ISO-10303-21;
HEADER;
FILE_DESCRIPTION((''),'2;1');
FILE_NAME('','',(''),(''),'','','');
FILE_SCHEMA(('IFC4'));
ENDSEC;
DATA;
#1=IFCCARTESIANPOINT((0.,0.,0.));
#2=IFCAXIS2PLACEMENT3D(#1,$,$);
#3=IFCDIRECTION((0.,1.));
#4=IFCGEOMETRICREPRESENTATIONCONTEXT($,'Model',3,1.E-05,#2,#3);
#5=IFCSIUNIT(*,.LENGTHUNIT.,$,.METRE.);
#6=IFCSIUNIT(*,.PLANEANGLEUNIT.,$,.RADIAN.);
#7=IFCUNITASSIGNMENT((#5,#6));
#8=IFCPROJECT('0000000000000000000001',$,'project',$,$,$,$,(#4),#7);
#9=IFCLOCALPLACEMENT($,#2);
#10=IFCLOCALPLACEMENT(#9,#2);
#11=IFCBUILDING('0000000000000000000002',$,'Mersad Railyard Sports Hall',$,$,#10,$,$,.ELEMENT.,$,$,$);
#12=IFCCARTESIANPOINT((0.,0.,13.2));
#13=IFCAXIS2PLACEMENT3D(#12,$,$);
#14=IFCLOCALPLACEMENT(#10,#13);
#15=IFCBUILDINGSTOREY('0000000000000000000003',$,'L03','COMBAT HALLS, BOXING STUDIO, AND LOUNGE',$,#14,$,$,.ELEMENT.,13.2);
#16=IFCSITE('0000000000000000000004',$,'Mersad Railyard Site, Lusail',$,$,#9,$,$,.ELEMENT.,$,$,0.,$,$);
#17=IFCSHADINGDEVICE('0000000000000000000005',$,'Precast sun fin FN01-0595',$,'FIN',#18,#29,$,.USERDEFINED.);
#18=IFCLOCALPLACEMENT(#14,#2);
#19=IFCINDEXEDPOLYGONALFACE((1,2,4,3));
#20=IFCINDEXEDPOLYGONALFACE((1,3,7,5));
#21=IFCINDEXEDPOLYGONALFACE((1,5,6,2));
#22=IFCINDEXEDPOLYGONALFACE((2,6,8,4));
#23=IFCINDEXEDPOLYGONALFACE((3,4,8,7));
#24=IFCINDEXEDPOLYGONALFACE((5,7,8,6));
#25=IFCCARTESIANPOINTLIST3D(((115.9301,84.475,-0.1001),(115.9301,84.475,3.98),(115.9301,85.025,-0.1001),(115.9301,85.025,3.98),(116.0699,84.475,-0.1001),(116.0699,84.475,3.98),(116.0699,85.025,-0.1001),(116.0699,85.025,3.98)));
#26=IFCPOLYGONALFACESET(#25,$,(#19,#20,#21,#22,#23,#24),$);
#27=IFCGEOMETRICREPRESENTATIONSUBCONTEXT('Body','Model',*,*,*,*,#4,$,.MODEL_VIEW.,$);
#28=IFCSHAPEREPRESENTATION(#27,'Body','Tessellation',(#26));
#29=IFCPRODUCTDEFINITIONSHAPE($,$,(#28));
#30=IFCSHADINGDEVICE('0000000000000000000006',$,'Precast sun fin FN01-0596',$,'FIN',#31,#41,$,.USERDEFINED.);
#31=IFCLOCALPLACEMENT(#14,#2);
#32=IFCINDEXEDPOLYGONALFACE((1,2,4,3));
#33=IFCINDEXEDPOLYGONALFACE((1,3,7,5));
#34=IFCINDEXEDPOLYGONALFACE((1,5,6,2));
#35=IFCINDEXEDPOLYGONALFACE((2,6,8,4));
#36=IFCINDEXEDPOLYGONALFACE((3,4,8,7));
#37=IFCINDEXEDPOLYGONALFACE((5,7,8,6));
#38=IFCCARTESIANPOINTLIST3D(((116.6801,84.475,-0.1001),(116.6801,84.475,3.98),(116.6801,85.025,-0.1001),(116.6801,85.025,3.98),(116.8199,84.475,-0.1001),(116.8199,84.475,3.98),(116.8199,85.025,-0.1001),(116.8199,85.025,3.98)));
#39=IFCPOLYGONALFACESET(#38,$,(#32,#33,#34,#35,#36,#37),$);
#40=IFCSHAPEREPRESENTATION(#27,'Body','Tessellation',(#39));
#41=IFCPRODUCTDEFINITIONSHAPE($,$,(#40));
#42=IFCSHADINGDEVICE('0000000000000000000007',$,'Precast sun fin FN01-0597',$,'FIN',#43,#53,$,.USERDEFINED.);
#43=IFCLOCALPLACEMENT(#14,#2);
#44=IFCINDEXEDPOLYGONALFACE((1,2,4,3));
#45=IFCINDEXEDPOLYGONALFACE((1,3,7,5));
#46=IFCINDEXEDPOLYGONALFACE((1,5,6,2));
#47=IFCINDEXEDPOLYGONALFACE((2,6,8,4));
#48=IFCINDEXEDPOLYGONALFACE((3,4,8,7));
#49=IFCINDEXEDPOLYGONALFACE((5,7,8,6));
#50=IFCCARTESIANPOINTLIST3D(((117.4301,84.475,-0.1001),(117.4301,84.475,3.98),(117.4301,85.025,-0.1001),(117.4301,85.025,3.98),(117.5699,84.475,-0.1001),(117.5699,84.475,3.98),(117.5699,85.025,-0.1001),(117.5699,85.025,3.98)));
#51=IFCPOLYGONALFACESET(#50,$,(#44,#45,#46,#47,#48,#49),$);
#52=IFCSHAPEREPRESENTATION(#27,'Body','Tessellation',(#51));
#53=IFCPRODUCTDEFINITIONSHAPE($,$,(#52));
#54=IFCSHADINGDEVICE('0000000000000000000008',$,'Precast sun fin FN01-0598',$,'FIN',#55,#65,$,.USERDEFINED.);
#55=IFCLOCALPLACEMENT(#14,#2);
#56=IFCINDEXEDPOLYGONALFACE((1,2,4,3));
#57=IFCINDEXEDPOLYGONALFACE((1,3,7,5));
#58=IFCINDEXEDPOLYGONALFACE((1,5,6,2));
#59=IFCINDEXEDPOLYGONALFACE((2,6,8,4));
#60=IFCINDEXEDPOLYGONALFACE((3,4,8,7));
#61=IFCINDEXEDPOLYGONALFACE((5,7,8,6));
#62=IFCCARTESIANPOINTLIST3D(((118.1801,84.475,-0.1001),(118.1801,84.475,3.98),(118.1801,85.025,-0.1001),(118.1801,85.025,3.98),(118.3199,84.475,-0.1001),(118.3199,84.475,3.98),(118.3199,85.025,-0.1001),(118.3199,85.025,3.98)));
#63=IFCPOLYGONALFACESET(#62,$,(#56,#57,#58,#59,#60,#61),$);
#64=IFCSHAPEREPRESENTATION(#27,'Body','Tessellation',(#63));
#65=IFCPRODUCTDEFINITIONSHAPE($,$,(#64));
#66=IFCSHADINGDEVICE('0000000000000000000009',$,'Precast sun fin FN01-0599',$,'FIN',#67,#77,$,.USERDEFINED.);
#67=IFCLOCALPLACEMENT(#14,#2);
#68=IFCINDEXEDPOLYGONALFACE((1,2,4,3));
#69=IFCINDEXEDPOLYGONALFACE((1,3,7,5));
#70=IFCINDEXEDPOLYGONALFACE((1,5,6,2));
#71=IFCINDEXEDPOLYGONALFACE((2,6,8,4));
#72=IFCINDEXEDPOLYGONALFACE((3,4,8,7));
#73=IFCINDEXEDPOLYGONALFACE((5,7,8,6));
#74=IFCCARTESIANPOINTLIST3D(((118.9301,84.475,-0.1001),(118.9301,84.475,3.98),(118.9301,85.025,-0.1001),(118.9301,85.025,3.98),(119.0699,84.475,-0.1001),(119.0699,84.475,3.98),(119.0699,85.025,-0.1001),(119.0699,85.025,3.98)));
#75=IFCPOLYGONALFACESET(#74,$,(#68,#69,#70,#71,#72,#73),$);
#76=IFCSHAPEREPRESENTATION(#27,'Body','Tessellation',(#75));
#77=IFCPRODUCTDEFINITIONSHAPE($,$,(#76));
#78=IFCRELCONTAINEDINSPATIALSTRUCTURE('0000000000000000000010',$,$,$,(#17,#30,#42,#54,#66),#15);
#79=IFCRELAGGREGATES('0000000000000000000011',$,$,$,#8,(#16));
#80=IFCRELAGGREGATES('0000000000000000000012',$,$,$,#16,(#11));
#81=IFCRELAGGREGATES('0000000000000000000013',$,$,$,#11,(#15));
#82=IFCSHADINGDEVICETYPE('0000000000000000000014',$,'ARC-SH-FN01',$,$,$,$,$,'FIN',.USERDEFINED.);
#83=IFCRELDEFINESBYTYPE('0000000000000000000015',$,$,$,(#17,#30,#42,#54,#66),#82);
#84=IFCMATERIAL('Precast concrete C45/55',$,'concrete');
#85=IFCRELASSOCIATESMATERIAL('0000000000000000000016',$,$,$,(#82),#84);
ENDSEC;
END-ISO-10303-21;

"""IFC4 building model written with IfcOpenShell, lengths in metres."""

from ifc_helpers import new_model, si_unit, direction, frame, origin, origin_2d, place, context, subcontext, project, spatial, rectangle, extrude, material, type_object, element, save


model = new_model("IFC4")

# Units and contexts
model_context = context("Model", 3, precision=1e-05, world=origin(), true_north=direction((0.0, 1.0)))
body_context = subcontext(model_context, "Body", "Model", "MODEL_VIEW")
ifc_project = project(units=[si_unit("LENGTHUNIT", "METRE"), si_unit("PLANEANGLEUNIT", "RADIAN")], contexts=[model_context])

# Site, building, storey
site_placement = place(None, origin())
site = spatial("IfcSite", under=ifc_project, at=site_placement, Name="Mersad Railyard Site, Lusail", CompositionType="ELEMENT", RefElevation=0.0)
building_placement = place(site_placement, origin())
building = spatial("IfcBuilding", under=site, at=building_placement, Name="Mersad Railyard Sports Hall", CompositionType="ELEMENT")
storey_placement = place(building_placement, frame((0.0, 0.0, 13.2)))
storey = spatial("IfcBuildingStorey", under=building, at=storey_placement, Name="L03", Description="COMBAT HALLS, BOXING STUDIO, AND LOUNGE", CompositionType="ELEMENT", Elevation=13.2)

# Shading devices
ifc_material_1 = material(Name="Precast concrete C45/55", Category="concrete")
shading_device_type = type_object("IfcShadingDeviceType", Name="ARC-SH-FN01", ElementType="FIN", PredefinedType="USERDEFINED", material=ifc_material_1)
for number, where, z_axis, x_axis, name in (
    (1, (116.0, 84.75, -0.1001), (0.0, 0.0, 1.0), (1.0, 0.0, 0.0), "Precast sun fin FN01-0595"),
    (2, (116.75, 84.75, -0.1001), (0.0, 0.0, 1.0), (1.0, 0.0, 0.0), "Precast sun fin FN01-0596"),
    (3, (117.5, 84.75, -0.1001), (0.0, 0.0, 1.0), (1.0, 0.0, 0.0), "Precast sun fin FN01-0597"),
    (4, (118.25, 84.75, -0.1001), (0.0, 0.0, 1.0), (1.0, 0.0, 0.0), "Precast sun fin FN01-0598"),
    (5, (119.0, 84.75, -0.1001), (0.0, 0.0, 1.0), (1.0, 0.0, 0.0), "Precast sun fin FN01-0599"),
):
    element("IfcShadingDevice", number, at=place(storey_placement, frame(where, z_axis=z_axis, x_axis=x_axis)), inside=storey, type_object=shading_device_type, Name=name, ObjectType="FIN", PredefinedType="USERDEFINED", context=body_context, shape_type="SweptSolid", body=[
        extrude(rectangle(XDim=0.1399, YDim=0.55, at=origin_2d()), origin(), (0.0, 0.0, 1.0), 4.0801),
    ])

save(model, "model.ifc")
